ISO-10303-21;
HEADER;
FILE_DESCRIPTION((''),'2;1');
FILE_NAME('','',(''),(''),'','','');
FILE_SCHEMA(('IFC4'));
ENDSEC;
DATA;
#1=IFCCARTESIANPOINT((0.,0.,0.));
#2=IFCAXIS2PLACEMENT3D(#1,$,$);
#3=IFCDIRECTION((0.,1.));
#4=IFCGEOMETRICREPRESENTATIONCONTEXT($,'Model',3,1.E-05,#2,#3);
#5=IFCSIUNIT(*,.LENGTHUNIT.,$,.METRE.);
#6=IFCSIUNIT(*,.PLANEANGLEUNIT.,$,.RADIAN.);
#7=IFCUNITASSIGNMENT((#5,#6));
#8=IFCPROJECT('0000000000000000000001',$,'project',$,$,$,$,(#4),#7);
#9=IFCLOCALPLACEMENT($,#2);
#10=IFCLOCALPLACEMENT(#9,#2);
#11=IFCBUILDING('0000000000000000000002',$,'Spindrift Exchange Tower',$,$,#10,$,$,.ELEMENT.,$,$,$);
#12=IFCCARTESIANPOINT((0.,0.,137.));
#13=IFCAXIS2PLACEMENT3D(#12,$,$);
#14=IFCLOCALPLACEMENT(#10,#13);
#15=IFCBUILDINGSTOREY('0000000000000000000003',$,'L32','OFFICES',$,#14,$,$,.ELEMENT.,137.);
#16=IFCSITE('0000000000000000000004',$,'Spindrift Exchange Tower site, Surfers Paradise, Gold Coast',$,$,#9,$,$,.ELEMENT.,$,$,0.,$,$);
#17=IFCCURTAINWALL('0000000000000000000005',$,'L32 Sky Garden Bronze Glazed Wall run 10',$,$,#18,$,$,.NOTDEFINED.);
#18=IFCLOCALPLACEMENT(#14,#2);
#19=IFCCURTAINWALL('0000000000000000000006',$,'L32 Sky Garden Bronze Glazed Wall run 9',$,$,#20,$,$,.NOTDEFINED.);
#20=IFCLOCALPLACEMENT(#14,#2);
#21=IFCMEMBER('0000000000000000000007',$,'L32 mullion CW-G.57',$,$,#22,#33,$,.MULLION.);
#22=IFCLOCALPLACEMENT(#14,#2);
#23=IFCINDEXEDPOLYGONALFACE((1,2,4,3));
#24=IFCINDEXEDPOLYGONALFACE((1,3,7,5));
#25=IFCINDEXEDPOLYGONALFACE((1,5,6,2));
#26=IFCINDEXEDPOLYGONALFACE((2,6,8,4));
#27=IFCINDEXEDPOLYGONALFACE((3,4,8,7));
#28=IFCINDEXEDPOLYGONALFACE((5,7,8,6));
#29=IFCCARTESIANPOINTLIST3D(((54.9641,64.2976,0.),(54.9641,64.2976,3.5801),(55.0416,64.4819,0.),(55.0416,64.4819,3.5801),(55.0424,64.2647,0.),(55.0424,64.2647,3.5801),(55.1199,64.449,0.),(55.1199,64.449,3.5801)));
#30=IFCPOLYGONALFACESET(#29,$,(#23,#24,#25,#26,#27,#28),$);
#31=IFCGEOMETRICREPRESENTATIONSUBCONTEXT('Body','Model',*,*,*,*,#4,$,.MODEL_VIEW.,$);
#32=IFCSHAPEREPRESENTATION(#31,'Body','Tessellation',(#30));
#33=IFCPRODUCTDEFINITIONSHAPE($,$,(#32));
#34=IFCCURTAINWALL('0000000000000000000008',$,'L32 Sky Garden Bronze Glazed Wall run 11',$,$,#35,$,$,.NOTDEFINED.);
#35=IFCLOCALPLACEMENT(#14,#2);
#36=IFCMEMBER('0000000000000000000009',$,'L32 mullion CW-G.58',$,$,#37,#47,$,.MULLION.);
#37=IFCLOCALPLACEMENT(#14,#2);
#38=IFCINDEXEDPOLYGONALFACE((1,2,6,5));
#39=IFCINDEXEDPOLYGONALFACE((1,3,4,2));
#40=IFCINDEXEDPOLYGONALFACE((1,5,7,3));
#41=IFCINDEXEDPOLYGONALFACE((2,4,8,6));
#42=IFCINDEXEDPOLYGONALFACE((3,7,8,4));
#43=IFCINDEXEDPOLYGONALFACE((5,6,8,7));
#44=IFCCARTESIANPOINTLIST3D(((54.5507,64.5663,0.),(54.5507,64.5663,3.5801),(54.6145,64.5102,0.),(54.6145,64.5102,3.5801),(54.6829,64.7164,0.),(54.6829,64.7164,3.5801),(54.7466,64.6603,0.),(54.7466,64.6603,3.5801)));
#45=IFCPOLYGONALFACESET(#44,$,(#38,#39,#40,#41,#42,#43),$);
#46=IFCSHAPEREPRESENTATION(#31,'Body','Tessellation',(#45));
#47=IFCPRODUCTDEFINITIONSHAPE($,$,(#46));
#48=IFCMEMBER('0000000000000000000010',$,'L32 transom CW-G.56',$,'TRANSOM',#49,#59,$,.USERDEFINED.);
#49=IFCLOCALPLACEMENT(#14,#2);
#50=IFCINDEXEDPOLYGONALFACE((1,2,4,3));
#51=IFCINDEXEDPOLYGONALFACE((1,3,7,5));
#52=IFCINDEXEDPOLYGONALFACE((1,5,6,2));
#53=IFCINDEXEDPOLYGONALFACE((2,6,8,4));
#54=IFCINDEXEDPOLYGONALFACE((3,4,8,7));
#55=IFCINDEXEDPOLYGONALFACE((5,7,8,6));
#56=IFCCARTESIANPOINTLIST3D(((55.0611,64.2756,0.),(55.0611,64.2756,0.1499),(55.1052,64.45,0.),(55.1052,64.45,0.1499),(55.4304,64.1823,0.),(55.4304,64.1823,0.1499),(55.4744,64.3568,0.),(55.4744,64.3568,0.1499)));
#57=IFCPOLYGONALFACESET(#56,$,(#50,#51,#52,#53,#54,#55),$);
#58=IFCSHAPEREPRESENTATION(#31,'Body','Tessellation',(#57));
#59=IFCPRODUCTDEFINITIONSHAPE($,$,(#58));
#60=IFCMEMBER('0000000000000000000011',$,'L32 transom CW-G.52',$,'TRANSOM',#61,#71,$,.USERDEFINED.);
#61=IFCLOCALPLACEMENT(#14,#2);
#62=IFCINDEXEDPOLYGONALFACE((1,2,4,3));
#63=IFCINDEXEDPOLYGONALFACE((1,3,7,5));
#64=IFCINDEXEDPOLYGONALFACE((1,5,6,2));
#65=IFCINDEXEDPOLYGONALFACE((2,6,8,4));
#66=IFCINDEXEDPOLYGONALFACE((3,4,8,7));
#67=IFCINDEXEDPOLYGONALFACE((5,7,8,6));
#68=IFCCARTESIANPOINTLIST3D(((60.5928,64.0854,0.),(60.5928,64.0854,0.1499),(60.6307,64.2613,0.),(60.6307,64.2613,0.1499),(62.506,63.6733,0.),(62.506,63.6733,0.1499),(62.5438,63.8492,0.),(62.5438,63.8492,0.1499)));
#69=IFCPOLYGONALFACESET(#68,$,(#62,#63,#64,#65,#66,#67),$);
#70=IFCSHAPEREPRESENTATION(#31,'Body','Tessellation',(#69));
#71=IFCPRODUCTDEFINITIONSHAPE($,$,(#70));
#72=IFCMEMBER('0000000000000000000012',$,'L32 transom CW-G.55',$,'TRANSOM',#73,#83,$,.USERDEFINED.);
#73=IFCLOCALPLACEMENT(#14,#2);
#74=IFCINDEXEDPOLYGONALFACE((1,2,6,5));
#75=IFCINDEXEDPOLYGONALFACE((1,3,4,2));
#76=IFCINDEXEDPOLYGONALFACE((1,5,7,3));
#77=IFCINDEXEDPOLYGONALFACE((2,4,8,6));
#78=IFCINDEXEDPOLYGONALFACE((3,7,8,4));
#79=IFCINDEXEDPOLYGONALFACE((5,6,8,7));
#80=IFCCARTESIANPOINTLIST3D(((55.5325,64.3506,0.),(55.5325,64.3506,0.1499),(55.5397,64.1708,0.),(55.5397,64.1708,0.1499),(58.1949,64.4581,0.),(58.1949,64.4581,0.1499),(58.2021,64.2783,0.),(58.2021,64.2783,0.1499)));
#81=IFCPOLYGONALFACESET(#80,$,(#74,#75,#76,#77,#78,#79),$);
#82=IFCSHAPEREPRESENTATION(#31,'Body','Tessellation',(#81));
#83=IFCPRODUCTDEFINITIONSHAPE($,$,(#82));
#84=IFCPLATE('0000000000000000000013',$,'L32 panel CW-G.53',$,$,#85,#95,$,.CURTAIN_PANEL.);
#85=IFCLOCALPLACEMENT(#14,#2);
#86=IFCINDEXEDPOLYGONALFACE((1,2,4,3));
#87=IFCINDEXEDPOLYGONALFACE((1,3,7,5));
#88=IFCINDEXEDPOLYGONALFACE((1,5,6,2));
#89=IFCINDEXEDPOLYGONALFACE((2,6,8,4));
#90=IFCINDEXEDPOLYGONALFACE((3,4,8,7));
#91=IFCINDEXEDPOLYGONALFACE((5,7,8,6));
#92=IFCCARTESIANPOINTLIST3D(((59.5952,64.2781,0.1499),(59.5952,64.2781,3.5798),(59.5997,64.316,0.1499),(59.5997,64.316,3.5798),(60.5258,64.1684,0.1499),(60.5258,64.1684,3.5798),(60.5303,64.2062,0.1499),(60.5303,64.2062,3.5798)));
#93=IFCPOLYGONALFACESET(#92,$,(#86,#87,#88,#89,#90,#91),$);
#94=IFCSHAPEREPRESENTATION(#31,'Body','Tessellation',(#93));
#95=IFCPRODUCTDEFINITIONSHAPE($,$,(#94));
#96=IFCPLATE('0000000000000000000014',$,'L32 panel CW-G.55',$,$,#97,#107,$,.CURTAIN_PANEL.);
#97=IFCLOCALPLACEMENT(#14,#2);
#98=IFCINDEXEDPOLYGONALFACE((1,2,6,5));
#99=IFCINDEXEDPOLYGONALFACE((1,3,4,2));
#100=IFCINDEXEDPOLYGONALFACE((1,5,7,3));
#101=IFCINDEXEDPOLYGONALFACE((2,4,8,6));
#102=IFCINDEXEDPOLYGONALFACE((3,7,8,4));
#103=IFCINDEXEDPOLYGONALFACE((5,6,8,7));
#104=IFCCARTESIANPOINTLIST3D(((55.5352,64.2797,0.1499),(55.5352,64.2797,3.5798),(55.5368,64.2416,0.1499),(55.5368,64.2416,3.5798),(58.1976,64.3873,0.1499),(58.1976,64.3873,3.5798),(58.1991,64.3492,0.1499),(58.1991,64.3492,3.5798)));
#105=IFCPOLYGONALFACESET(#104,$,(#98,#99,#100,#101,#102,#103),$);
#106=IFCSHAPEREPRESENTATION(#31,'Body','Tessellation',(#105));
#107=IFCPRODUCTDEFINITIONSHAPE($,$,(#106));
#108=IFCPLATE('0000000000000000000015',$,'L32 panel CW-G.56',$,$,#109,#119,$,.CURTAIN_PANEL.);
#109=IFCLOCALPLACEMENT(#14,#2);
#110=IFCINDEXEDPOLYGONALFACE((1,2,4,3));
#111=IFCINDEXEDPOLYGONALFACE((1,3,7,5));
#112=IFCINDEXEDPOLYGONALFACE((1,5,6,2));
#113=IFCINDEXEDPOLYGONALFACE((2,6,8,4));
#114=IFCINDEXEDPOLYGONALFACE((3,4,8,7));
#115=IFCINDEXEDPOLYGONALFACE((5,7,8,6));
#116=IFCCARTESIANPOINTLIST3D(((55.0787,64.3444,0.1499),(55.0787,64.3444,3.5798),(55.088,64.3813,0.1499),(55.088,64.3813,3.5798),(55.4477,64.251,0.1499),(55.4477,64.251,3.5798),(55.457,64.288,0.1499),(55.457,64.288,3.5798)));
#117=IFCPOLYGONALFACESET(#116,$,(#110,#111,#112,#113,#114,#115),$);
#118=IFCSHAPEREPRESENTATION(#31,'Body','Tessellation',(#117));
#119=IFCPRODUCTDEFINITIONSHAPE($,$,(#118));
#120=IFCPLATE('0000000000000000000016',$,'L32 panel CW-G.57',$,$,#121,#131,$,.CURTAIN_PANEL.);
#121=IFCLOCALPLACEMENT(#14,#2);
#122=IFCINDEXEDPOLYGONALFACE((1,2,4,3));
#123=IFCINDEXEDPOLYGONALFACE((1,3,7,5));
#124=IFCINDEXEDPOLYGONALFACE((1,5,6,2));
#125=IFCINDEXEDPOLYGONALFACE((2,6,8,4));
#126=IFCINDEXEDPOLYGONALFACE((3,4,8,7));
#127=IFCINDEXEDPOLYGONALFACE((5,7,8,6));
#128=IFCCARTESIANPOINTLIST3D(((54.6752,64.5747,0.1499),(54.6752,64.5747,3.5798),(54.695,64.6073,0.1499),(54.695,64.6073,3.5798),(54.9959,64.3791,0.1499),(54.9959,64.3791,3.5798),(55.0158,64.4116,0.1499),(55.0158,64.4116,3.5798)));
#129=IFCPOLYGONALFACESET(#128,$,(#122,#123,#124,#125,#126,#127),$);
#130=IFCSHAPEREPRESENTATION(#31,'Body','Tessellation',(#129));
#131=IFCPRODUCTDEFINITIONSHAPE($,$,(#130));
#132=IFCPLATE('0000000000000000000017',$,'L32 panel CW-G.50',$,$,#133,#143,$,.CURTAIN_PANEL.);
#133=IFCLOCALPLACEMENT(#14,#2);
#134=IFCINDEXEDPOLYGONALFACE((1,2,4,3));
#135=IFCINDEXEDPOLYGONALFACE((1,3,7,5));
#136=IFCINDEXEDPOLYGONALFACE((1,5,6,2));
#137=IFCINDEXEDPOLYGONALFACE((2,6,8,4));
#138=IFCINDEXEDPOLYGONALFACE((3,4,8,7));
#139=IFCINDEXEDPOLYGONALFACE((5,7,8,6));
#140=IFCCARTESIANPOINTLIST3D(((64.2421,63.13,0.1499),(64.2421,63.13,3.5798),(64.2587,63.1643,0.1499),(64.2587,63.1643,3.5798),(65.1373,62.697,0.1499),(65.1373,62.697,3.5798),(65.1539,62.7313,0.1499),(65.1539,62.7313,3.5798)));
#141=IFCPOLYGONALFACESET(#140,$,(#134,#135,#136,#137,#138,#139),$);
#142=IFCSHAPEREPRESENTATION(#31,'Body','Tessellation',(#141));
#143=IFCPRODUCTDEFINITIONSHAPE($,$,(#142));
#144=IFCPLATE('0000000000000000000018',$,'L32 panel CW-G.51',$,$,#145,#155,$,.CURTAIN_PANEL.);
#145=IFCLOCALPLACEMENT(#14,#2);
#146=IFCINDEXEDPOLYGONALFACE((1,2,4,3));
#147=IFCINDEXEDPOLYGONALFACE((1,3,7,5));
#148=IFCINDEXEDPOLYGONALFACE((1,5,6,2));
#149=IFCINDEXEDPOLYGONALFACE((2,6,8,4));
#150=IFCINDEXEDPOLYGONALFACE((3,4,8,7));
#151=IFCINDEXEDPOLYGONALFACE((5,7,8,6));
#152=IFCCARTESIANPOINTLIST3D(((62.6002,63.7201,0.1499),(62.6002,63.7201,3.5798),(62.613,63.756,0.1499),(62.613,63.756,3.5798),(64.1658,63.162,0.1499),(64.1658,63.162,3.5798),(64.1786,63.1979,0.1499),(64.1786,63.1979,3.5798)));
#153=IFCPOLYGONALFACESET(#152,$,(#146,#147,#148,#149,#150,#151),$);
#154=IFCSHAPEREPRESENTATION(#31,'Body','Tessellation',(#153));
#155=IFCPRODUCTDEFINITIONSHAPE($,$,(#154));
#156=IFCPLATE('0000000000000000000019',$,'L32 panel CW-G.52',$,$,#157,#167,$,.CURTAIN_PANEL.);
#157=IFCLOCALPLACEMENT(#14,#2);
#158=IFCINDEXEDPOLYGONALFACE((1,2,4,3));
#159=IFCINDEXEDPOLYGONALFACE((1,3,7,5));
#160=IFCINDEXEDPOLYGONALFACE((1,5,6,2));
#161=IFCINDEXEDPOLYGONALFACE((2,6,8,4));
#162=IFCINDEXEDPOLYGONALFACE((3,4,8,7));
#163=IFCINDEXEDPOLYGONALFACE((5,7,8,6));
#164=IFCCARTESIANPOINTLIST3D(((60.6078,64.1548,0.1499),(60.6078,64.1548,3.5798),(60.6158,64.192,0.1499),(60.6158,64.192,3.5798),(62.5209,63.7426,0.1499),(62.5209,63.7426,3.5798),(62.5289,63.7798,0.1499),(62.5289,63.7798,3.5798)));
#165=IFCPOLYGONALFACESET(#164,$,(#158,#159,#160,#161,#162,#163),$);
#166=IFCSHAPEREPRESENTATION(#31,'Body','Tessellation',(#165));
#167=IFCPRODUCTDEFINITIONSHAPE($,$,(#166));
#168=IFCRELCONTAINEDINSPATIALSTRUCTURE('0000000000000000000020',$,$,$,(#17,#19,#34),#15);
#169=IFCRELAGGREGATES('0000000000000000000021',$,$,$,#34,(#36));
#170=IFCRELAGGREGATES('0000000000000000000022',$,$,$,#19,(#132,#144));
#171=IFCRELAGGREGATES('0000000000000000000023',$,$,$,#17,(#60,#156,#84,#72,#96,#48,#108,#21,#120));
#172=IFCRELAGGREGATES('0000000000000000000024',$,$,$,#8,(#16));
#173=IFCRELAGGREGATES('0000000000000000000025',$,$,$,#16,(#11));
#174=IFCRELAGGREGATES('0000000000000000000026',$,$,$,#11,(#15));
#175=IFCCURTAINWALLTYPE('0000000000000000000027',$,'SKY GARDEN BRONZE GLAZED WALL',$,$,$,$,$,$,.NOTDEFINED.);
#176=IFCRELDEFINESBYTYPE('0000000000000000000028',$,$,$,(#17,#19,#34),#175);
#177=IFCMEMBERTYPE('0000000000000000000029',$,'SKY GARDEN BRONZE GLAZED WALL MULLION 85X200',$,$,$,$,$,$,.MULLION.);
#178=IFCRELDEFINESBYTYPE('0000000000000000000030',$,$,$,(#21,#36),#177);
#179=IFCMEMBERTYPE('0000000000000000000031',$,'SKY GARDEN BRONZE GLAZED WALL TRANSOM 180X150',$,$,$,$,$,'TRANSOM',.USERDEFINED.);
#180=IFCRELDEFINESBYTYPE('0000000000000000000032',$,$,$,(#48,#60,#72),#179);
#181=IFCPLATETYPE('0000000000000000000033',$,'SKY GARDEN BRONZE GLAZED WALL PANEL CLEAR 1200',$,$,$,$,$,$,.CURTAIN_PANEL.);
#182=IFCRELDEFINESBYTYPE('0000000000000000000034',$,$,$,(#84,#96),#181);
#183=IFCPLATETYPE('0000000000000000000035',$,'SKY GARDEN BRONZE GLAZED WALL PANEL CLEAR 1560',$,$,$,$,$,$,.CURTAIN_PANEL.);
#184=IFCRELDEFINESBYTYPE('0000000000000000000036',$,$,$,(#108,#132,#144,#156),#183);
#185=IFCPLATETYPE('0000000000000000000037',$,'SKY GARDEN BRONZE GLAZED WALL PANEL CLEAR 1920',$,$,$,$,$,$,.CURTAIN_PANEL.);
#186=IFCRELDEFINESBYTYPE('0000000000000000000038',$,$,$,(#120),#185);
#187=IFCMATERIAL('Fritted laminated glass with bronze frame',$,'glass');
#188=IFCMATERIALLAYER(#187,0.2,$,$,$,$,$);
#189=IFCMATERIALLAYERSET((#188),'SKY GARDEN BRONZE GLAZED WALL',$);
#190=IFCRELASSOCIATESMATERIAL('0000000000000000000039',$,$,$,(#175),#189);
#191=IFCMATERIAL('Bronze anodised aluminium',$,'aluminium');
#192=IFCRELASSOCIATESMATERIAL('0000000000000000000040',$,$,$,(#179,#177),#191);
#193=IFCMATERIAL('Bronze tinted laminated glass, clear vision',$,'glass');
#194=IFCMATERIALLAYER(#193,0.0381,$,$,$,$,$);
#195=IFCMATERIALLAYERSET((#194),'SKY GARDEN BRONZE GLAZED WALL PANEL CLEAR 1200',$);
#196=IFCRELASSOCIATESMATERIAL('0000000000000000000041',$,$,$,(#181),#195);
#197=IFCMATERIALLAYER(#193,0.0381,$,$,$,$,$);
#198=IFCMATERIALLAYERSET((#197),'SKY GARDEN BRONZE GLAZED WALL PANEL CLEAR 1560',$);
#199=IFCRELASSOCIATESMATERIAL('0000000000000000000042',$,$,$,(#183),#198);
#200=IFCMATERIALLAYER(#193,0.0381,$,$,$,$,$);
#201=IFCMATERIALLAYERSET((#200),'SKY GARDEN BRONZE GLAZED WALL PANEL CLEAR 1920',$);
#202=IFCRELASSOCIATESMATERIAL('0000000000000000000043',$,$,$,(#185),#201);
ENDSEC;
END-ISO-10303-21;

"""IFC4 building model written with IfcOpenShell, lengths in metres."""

from ifc_helpers import new_model, si_unit, direction, frame, origin, origin_2d, place, context, subcontext, project, spatial, rectangle, extrude, source, transform, mapped, material, layer, layer_set, material_profile, profile_set, type_object, element, aggregate, save


model = new_model("IFC4")

# Units and contexts
model_context = context("Model", 3, precision=1e-05, world=origin(), true_north=direction((0.0, 1.0)))
body_context = subcontext(model_context, "Body", "Model", "MODEL_VIEW")
ifc_project = project(units=[si_unit("LENGTHUNIT", "METRE"), si_unit("PLANEANGLEUNIT", "RADIAN")], contexts=[model_context])

# Site, building, storey
site_placement = place(None, origin())
site = spatial("IfcSite", under=ifc_project, at=site_placement, Name="Spindrift Exchange Tower site, Surfers Paradise, Gold Coast", CompositionType="ELEMENT", RefElevation=0.0)
building_placement = place(site_placement, origin())
building = spatial("IfcBuilding", under=site, at=building_placement, Name="Spindrift Exchange Tower", CompositionType="ELEMENT")
storey_placement = place(building_placement, frame((0.0, 0.0, 137.0)))
storey = spatial("IfcBuildingStorey", under=building, at=storey_placement, Name="L32", Description="OFFICES", CompositionType="ELEMENT", Elevation=137.0)

# Curtain walls
ifc_material_1 = material(Name="Fritted laminated glass with bronze frame", Category="glass")
ifc_layer_1 = layer(ifc_material_1, 0.2)
ifc_layer_set_1 = layer_set([ifc_layer_1], Name="SKY GARDEN BRONZE GLAZED WALL")
curtain_wall_type = type_object("IfcCurtainWallType", Name="SKY GARDEN BRONZE GLAZED WALL", PredefinedType="NOTDEFINED", material=ifc_layer_set_1)
curtain_wall_1_placement = place(storey_placement, origin())
curtain_wall_1 = element("IfcCurtainWall", 1, at=curtain_wall_1_placement, inside=storey, type_object=curtain_wall_type, Name="L32 Sky Garden Bronze Glazed Wall run 10", PredefinedType="NOTDEFINED")
ifc_material_2 = material(Name="Bronze anodised aluminium", Category="aluminium")
ifc_material_profile_1 = material_profile(ifc_material_2, rectangle(XDim=0.1799, YDim=0.1499, at=origin_2d()), Name="SKY GARDEN BRONZE GLAZED WALL TRANSOM 180X150")
ifc_profile_set_1 = profile_set([ifc_material_profile_1], Name="Bronze anodised aluminium")
member_type_1 = type_object("IfcMemberType", Name="SKY GARDEN BRONZE GLAZED WALL TRANSOM 180X150", ElementType="TRANSOM", PredefinedType="USERDEFINED", material=ifc_profile_set_1)
curtain_wall_2_placement = place(storey_placement, origin())
curtain_wall_2 = element("IfcCurtainWall", 2, at=curtain_wall_2_placement, inside=storey, type_object=curtain_wall_type, Name="L32 Sky Garden Bronze Glazed Wall run 9", PredefinedType="NOTDEFINED")

# Member
ifc_material_profile_2 = material_profile(ifc_material_2, rectangle(XDim=0.085, YDim=0.2, at=origin_2d()), Name="SKY GARDEN BRONZE GLAZED WALL MULLION 85X200")
ifc_profile_set_2 = profile_set([ifc_material_profile_2], Name="Bronze anodised aluminium")
member_type_2 = type_object("IfcMemberType", Name="SKY GARDEN BRONZE GLAZED WALL MULLION 85X200", PredefinedType="MULLION", material=ifc_profile_set_2)
shared_shape_1 = source(origin(), body_context, "Body", "SweptSolid", [
    extrude(rectangle(XDim=0.085, YDim=0.2, at=origin_2d()), origin(), (0.0, 0.0, 1.0), 3.5801),
])
member_1_placement = place(storey_placement, frame((55.042, 64.3733, 0.0), z_axis=(0.0, 0.0, 1.0), x_axis=(-0.92193, 0.387357, 0.0)))
member_1 = element("IfcMember", 3, at=member_1_placement, type_object=member_type_2, Name="L32 mullion CW-G.57", PredefinedType="MULLION", context=body_context, shape_type="MappedRepresentation", body=[
    mapped(shared_shape_1, transform((0.0, 0.0, 0.0), scale=1.0)),
])

# Curtain wall, member
curtain_wall_3_placement = place(storey_placement, origin())
curtain_wall_3 = element("IfcCurtainWall", 4, at=curtain_wall_3_placement, inside=storey, type_object=curtain_wall_type, Name="L32 Sky Garden Bronze Glazed Wall run 11", PredefinedType="NOTDEFINED")
member_2_placement = place(storey_placement, frame((54.6487, 64.6133, 0.0), z_axis=(0.0, 0.0, 1.0), x_axis=(-0.750605, 0.660752, 0.0)))
member_2 = element("IfcMember", 5, at=member_2_placement, type_object=member_type_2, Name="L32 mullion CW-G.58", PredefinedType="MULLION", context=body_context, shape_type="MappedRepresentation", body=[
    mapped(shared_shape_1, transform((0.0, 0.0, 0.0), scale=1.0)),
])
aggregate(curtain_wall_3, [member_2])

# Members
shared_shape_2 = source(origin(), body_context, "Body", "SweptSolid", [
    extrude(rectangle(XDim=0.1799, YDim=0.1499, at=origin_2d()), origin(), (0.0, 0.0, 1.0), 0.3809),
])
member_3_placement = place(storey_placement, frame((55.4524, 64.2695, 0.075), z_axis=(-0.969536, 0.244949, 0.0), x_axis=(-0.244949, -0.969536, 0.0)))
member_3 = element("IfcMember", 6, at=member_3_placement, type_object=member_type_1, Name="L32 transom CW-G.56", ObjectType="TRANSOM", PredefinedType="USERDEFINED", context=body_context, shape_type="MappedRepresentation", body=[
    mapped(shared_shape_2, transform((0.0, 0.0, 0.0), scale=1.0)),
])
shared_shape_3 = source(origin(), body_context, "Body", "SweptSolid", [
    extrude(rectangle(XDim=0.1799, YDim=0.1499, at=origin_2d()), origin(), (0.0, 0.0, 1.0), 1.957),
])
member_4_placement = place(storey_placement, frame((62.5249, 63.7612, 0.075), z_axis=(-0.977575, 0.210585, 0.0), x_axis=(-0.210585, -0.977575, 0.0)))
member_4 = element("IfcMember", 7, at=member_4_placement, type_object=member_type_1, Name="L32 transom CW-G.52", ObjectType="TRANSOM", PredefinedType="USERDEFINED", context=body_context, shape_type="MappedRepresentation", body=[
    mapped(shared_shape_3, transform((0.0, 0.0, 0.0), scale=1.0)),
])
shared_shape_4 = source(origin(), body_context, "Body", "SweptSolid", [
    extrude(rectangle(XDim=0.1799, YDim=0.1499, at=origin_2d()), origin(), (0.0, 0.0, 1.0), 2.6646),
])
member_5_placement = place(storey_placement, frame((58.1985, 64.3682, 0.075), z_axis=(-0.999187, -0.040316, 0.0), x_axis=(0.040316, -0.999187, 0.0)))
member_5 = element("IfcMember", 8, at=member_5_placement, type_object=member_type_1, Name="L32 transom CW-G.55", ObjectType="TRANSOM", PredefinedType="USERDEFINED", context=body_context, shape_type="MappedRepresentation", body=[
    mapped(shared_shape_4, transform((0.0, 0.0, 0.0), scale=1.0)),
])

# Plates
ifc_material_3 = material(Name="Bronze tinted laminated glass, clear vision", Category="glass")
ifc_layer_2 = layer(ifc_material_3, 0.0381)
ifc_layer_set_2 = layer_set([ifc_layer_2], Name="SKY GARDEN BRONZE GLAZED WALL PANEL CLEAR 1200")
plate_type_1 = type_object("IfcPlateType", Name="SKY GARDEN BRONZE GLAZED WALL PANEL CLEAR 1200", PredefinedType="CURTAIN_PANEL", material=ifc_layer_set_2)
shared_shape_5 = source(origin(), body_context, "Body", "SweptSolid", [
    extrude(rectangle(XDim=0.937, YDim=0.0381, at=origin_2d()), origin(), (0.0, 0.0, 1.0), 3.4299),
])
plate_1_placement = place(storey_placement, frame((60.0627, 64.2422, 0.1499), z_axis=(0.0, 0.0, 1.0), x_axis=(-0.993118, 0.11712, 0.0)))
plate_1 = element("IfcPlate", 9, at=plate_1_placement, type_object=plate_type_1, Name="L32 panel CW-G.53", PredefinedType="CURTAIN_PANEL", context=body_context, shape_type="MappedRepresentation", body=[
    mapped(shared_shape_5, transform((0.0, 0.0, 0.0), scale=1.0)),
])
shared_shape_6 = source(origin(), body_context, "Body", "SweptSolid", [
    extrude(rectangle(XDim=2.6646, YDim=0.0381, at=origin_2d()), origin(), (0.0, 0.0, 1.0), 3.4299),
])
plate_2_placement = place(storey_placement, frame((56.8672, 64.3145, 0.1499), z_axis=(0.0, 0.0, 1.0), x_axis=(-0.999185, -0.040371, 0.0)))
plate_2 = element("IfcPlate", 10, at=plate_2_placement, type_object=plate_type_1, Name="L32 panel CW-G.55", PredefinedType="CURTAIN_PANEL", context=body_context, shape_type="MappedRepresentation", body=[
    mapped(shared_shape_6, transform((0.0, 0.0, 0.0), scale=1.0)),
])
ifc_layer_3 = layer(ifc_material_3, 0.0381)
ifc_layer_set_3 = layer_set([ifc_layer_3], Name="SKY GARDEN BRONZE GLAZED WALL PANEL CLEAR 1560")
plate_type_2 = type_object("IfcPlateType", Name="SKY GARDEN BRONZE GLAZED WALL PANEL CLEAR 1560", PredefinedType="CURTAIN_PANEL", material=ifc_layer_set_3)
shared_shape_7 = source(origin(), body_context, "Body", "SweptSolid", [
    extrude(rectangle(XDim=0.3806, YDim=0.0381, at=origin_2d()), origin(), (0.0, 0.0, 1.0), 3.4299),
])
plate_3_placement = place(storey_placement, frame((55.2678, 64.3162, 0.1499), z_axis=(0.0, 0.0, 1.0), x_axis=(-0.969469, 0.245213, 0.0)))
plate_3 = element("IfcPlate", 11, at=plate_3_placement, type_object=plate_type_2, Name="L32 panel CW-G.56", PredefinedType="CURTAIN_PANEL", context=body_context, shape_type="MappedRepresentation", body=[
    mapped(shared_shape_7, transform((0.0, 0.0, 0.0), scale=1.0)),
])
ifc_layer_4 = layer(ifc_material_3, 0.0381)
ifc_layer_set_4 = layer_set([ifc_layer_4], Name="SKY GARDEN BRONZE GLAZED WALL PANEL CLEAR 1920")
plate_type_3 = type_object("IfcPlateType", Name="SKY GARDEN BRONZE GLAZED WALL PANEL CLEAR 1920", PredefinedType="CURTAIN_PANEL", material=ifc_layer_set_4)
shared_shape_8 = source(origin(), body_context, "Body", "SweptSolid", [
    extrude(rectangle(XDim=0.3757, YDim=0.0381, at=origin_2d()), origin(), (0.0, 0.0, 1.0), 3.4299),
])
plate_4_placement = place(storey_placement, frame((54.8455, 64.4932, 0.1499), z_axis=(0.0, 0.0, 1.0), x_axis=(-0.853678, 0.520801, 0.0)))
plate_4 = element("IfcPlate", 12, at=plate_4_placement, type_object=plate_type_3, Name="L32 panel CW-G.57", PredefinedType="CURTAIN_PANEL", context=body_context, shape_type="MappedRepresentation", body=[
    mapped(shared_shape_8, transform((0.0, 0.0, 0.0), scale=1.0)),
])
shared_shape_9 = source(origin(), body_context, "Body", "SweptSolid", [
    extrude(rectangle(XDim=0.9944, YDim=0.0381, at=origin_2d()), origin(), (0.0, 0.0, 1.0), 3.4299),
])
plate_5_placement = place(storey_placement, frame((64.698, 62.9307, 0.1499), z_axis=(0.0, 0.0, 1.0), x_axis=(-0.900243, 0.435388, 0.0)))
plate_5 = element("IfcPlate", 13, at=plate_5_placement, type_object=plate_type_2, Name="L32 panel CW-G.50", PredefinedType="CURTAIN_PANEL", context=body_context, shape_type="MappedRepresentation", body=[
    mapped(shared_shape_9, transform((0.0, 0.0, 0.0), scale=1.0)),
])
shared_shape_10 = source(origin(), body_context, "Body", "SweptSolid", [
    extrude(rectangle(XDim=1.6621, YDim=0.0381, at=origin_2d()), origin(), (0.0, 0.0, 1.0), 3.4299),
])
plate_6_placement = place(storey_placement, frame((63.3894, 63.459, 0.1499), z_axis=(0.0, 0.0, 1.0), x_axis=(-0.941939, 0.335785, 0.0)))
plate_6 = element("IfcPlate", 14, at=plate_6_placement, type_object=plate_type_2, Name="L32 panel CW-G.51", PredefinedType="CURTAIN_PANEL", context=body_context, shape_type="MappedRepresentation", body=[
    mapped(shared_shape_10, transform((0.0, 0.0, 0.0), scale=1.0)),
])
aggregate(curtain_wall_2, [plate_5, plate_6])
shared_shape_11 = source(origin(), body_context, "Body", "SweptSolid", [
    extrude(rectangle(XDim=1.957, YDim=0.0381, at=origin_2d()), origin(), (0.0, 0.0, 1.0), 3.4299),
])
plate_7_placement = place(storey_placement, frame((61.5684, 63.9673, 0.1499), z_axis=(0.0, 0.0, 1.0), x_axis=(-0.977567, 0.210625, 0.0)))
plate_7 = element("IfcPlate", 15, at=plate_7_placement, type_object=plate_type_2, Name="L32 panel CW-G.52", PredefinedType="CURTAIN_PANEL", context=body_context, shape_type="MappedRepresentation", body=[
    mapped(shared_shape_11, transform((0.0, 0.0, 0.0), scale=1.0)),
])
aggregate(curtain_wall_1, [member_4, plate_7, plate_1, member_5, plate_2, member_3, plate_3, member_1, plate_4])

save(model, "model.ifc")
